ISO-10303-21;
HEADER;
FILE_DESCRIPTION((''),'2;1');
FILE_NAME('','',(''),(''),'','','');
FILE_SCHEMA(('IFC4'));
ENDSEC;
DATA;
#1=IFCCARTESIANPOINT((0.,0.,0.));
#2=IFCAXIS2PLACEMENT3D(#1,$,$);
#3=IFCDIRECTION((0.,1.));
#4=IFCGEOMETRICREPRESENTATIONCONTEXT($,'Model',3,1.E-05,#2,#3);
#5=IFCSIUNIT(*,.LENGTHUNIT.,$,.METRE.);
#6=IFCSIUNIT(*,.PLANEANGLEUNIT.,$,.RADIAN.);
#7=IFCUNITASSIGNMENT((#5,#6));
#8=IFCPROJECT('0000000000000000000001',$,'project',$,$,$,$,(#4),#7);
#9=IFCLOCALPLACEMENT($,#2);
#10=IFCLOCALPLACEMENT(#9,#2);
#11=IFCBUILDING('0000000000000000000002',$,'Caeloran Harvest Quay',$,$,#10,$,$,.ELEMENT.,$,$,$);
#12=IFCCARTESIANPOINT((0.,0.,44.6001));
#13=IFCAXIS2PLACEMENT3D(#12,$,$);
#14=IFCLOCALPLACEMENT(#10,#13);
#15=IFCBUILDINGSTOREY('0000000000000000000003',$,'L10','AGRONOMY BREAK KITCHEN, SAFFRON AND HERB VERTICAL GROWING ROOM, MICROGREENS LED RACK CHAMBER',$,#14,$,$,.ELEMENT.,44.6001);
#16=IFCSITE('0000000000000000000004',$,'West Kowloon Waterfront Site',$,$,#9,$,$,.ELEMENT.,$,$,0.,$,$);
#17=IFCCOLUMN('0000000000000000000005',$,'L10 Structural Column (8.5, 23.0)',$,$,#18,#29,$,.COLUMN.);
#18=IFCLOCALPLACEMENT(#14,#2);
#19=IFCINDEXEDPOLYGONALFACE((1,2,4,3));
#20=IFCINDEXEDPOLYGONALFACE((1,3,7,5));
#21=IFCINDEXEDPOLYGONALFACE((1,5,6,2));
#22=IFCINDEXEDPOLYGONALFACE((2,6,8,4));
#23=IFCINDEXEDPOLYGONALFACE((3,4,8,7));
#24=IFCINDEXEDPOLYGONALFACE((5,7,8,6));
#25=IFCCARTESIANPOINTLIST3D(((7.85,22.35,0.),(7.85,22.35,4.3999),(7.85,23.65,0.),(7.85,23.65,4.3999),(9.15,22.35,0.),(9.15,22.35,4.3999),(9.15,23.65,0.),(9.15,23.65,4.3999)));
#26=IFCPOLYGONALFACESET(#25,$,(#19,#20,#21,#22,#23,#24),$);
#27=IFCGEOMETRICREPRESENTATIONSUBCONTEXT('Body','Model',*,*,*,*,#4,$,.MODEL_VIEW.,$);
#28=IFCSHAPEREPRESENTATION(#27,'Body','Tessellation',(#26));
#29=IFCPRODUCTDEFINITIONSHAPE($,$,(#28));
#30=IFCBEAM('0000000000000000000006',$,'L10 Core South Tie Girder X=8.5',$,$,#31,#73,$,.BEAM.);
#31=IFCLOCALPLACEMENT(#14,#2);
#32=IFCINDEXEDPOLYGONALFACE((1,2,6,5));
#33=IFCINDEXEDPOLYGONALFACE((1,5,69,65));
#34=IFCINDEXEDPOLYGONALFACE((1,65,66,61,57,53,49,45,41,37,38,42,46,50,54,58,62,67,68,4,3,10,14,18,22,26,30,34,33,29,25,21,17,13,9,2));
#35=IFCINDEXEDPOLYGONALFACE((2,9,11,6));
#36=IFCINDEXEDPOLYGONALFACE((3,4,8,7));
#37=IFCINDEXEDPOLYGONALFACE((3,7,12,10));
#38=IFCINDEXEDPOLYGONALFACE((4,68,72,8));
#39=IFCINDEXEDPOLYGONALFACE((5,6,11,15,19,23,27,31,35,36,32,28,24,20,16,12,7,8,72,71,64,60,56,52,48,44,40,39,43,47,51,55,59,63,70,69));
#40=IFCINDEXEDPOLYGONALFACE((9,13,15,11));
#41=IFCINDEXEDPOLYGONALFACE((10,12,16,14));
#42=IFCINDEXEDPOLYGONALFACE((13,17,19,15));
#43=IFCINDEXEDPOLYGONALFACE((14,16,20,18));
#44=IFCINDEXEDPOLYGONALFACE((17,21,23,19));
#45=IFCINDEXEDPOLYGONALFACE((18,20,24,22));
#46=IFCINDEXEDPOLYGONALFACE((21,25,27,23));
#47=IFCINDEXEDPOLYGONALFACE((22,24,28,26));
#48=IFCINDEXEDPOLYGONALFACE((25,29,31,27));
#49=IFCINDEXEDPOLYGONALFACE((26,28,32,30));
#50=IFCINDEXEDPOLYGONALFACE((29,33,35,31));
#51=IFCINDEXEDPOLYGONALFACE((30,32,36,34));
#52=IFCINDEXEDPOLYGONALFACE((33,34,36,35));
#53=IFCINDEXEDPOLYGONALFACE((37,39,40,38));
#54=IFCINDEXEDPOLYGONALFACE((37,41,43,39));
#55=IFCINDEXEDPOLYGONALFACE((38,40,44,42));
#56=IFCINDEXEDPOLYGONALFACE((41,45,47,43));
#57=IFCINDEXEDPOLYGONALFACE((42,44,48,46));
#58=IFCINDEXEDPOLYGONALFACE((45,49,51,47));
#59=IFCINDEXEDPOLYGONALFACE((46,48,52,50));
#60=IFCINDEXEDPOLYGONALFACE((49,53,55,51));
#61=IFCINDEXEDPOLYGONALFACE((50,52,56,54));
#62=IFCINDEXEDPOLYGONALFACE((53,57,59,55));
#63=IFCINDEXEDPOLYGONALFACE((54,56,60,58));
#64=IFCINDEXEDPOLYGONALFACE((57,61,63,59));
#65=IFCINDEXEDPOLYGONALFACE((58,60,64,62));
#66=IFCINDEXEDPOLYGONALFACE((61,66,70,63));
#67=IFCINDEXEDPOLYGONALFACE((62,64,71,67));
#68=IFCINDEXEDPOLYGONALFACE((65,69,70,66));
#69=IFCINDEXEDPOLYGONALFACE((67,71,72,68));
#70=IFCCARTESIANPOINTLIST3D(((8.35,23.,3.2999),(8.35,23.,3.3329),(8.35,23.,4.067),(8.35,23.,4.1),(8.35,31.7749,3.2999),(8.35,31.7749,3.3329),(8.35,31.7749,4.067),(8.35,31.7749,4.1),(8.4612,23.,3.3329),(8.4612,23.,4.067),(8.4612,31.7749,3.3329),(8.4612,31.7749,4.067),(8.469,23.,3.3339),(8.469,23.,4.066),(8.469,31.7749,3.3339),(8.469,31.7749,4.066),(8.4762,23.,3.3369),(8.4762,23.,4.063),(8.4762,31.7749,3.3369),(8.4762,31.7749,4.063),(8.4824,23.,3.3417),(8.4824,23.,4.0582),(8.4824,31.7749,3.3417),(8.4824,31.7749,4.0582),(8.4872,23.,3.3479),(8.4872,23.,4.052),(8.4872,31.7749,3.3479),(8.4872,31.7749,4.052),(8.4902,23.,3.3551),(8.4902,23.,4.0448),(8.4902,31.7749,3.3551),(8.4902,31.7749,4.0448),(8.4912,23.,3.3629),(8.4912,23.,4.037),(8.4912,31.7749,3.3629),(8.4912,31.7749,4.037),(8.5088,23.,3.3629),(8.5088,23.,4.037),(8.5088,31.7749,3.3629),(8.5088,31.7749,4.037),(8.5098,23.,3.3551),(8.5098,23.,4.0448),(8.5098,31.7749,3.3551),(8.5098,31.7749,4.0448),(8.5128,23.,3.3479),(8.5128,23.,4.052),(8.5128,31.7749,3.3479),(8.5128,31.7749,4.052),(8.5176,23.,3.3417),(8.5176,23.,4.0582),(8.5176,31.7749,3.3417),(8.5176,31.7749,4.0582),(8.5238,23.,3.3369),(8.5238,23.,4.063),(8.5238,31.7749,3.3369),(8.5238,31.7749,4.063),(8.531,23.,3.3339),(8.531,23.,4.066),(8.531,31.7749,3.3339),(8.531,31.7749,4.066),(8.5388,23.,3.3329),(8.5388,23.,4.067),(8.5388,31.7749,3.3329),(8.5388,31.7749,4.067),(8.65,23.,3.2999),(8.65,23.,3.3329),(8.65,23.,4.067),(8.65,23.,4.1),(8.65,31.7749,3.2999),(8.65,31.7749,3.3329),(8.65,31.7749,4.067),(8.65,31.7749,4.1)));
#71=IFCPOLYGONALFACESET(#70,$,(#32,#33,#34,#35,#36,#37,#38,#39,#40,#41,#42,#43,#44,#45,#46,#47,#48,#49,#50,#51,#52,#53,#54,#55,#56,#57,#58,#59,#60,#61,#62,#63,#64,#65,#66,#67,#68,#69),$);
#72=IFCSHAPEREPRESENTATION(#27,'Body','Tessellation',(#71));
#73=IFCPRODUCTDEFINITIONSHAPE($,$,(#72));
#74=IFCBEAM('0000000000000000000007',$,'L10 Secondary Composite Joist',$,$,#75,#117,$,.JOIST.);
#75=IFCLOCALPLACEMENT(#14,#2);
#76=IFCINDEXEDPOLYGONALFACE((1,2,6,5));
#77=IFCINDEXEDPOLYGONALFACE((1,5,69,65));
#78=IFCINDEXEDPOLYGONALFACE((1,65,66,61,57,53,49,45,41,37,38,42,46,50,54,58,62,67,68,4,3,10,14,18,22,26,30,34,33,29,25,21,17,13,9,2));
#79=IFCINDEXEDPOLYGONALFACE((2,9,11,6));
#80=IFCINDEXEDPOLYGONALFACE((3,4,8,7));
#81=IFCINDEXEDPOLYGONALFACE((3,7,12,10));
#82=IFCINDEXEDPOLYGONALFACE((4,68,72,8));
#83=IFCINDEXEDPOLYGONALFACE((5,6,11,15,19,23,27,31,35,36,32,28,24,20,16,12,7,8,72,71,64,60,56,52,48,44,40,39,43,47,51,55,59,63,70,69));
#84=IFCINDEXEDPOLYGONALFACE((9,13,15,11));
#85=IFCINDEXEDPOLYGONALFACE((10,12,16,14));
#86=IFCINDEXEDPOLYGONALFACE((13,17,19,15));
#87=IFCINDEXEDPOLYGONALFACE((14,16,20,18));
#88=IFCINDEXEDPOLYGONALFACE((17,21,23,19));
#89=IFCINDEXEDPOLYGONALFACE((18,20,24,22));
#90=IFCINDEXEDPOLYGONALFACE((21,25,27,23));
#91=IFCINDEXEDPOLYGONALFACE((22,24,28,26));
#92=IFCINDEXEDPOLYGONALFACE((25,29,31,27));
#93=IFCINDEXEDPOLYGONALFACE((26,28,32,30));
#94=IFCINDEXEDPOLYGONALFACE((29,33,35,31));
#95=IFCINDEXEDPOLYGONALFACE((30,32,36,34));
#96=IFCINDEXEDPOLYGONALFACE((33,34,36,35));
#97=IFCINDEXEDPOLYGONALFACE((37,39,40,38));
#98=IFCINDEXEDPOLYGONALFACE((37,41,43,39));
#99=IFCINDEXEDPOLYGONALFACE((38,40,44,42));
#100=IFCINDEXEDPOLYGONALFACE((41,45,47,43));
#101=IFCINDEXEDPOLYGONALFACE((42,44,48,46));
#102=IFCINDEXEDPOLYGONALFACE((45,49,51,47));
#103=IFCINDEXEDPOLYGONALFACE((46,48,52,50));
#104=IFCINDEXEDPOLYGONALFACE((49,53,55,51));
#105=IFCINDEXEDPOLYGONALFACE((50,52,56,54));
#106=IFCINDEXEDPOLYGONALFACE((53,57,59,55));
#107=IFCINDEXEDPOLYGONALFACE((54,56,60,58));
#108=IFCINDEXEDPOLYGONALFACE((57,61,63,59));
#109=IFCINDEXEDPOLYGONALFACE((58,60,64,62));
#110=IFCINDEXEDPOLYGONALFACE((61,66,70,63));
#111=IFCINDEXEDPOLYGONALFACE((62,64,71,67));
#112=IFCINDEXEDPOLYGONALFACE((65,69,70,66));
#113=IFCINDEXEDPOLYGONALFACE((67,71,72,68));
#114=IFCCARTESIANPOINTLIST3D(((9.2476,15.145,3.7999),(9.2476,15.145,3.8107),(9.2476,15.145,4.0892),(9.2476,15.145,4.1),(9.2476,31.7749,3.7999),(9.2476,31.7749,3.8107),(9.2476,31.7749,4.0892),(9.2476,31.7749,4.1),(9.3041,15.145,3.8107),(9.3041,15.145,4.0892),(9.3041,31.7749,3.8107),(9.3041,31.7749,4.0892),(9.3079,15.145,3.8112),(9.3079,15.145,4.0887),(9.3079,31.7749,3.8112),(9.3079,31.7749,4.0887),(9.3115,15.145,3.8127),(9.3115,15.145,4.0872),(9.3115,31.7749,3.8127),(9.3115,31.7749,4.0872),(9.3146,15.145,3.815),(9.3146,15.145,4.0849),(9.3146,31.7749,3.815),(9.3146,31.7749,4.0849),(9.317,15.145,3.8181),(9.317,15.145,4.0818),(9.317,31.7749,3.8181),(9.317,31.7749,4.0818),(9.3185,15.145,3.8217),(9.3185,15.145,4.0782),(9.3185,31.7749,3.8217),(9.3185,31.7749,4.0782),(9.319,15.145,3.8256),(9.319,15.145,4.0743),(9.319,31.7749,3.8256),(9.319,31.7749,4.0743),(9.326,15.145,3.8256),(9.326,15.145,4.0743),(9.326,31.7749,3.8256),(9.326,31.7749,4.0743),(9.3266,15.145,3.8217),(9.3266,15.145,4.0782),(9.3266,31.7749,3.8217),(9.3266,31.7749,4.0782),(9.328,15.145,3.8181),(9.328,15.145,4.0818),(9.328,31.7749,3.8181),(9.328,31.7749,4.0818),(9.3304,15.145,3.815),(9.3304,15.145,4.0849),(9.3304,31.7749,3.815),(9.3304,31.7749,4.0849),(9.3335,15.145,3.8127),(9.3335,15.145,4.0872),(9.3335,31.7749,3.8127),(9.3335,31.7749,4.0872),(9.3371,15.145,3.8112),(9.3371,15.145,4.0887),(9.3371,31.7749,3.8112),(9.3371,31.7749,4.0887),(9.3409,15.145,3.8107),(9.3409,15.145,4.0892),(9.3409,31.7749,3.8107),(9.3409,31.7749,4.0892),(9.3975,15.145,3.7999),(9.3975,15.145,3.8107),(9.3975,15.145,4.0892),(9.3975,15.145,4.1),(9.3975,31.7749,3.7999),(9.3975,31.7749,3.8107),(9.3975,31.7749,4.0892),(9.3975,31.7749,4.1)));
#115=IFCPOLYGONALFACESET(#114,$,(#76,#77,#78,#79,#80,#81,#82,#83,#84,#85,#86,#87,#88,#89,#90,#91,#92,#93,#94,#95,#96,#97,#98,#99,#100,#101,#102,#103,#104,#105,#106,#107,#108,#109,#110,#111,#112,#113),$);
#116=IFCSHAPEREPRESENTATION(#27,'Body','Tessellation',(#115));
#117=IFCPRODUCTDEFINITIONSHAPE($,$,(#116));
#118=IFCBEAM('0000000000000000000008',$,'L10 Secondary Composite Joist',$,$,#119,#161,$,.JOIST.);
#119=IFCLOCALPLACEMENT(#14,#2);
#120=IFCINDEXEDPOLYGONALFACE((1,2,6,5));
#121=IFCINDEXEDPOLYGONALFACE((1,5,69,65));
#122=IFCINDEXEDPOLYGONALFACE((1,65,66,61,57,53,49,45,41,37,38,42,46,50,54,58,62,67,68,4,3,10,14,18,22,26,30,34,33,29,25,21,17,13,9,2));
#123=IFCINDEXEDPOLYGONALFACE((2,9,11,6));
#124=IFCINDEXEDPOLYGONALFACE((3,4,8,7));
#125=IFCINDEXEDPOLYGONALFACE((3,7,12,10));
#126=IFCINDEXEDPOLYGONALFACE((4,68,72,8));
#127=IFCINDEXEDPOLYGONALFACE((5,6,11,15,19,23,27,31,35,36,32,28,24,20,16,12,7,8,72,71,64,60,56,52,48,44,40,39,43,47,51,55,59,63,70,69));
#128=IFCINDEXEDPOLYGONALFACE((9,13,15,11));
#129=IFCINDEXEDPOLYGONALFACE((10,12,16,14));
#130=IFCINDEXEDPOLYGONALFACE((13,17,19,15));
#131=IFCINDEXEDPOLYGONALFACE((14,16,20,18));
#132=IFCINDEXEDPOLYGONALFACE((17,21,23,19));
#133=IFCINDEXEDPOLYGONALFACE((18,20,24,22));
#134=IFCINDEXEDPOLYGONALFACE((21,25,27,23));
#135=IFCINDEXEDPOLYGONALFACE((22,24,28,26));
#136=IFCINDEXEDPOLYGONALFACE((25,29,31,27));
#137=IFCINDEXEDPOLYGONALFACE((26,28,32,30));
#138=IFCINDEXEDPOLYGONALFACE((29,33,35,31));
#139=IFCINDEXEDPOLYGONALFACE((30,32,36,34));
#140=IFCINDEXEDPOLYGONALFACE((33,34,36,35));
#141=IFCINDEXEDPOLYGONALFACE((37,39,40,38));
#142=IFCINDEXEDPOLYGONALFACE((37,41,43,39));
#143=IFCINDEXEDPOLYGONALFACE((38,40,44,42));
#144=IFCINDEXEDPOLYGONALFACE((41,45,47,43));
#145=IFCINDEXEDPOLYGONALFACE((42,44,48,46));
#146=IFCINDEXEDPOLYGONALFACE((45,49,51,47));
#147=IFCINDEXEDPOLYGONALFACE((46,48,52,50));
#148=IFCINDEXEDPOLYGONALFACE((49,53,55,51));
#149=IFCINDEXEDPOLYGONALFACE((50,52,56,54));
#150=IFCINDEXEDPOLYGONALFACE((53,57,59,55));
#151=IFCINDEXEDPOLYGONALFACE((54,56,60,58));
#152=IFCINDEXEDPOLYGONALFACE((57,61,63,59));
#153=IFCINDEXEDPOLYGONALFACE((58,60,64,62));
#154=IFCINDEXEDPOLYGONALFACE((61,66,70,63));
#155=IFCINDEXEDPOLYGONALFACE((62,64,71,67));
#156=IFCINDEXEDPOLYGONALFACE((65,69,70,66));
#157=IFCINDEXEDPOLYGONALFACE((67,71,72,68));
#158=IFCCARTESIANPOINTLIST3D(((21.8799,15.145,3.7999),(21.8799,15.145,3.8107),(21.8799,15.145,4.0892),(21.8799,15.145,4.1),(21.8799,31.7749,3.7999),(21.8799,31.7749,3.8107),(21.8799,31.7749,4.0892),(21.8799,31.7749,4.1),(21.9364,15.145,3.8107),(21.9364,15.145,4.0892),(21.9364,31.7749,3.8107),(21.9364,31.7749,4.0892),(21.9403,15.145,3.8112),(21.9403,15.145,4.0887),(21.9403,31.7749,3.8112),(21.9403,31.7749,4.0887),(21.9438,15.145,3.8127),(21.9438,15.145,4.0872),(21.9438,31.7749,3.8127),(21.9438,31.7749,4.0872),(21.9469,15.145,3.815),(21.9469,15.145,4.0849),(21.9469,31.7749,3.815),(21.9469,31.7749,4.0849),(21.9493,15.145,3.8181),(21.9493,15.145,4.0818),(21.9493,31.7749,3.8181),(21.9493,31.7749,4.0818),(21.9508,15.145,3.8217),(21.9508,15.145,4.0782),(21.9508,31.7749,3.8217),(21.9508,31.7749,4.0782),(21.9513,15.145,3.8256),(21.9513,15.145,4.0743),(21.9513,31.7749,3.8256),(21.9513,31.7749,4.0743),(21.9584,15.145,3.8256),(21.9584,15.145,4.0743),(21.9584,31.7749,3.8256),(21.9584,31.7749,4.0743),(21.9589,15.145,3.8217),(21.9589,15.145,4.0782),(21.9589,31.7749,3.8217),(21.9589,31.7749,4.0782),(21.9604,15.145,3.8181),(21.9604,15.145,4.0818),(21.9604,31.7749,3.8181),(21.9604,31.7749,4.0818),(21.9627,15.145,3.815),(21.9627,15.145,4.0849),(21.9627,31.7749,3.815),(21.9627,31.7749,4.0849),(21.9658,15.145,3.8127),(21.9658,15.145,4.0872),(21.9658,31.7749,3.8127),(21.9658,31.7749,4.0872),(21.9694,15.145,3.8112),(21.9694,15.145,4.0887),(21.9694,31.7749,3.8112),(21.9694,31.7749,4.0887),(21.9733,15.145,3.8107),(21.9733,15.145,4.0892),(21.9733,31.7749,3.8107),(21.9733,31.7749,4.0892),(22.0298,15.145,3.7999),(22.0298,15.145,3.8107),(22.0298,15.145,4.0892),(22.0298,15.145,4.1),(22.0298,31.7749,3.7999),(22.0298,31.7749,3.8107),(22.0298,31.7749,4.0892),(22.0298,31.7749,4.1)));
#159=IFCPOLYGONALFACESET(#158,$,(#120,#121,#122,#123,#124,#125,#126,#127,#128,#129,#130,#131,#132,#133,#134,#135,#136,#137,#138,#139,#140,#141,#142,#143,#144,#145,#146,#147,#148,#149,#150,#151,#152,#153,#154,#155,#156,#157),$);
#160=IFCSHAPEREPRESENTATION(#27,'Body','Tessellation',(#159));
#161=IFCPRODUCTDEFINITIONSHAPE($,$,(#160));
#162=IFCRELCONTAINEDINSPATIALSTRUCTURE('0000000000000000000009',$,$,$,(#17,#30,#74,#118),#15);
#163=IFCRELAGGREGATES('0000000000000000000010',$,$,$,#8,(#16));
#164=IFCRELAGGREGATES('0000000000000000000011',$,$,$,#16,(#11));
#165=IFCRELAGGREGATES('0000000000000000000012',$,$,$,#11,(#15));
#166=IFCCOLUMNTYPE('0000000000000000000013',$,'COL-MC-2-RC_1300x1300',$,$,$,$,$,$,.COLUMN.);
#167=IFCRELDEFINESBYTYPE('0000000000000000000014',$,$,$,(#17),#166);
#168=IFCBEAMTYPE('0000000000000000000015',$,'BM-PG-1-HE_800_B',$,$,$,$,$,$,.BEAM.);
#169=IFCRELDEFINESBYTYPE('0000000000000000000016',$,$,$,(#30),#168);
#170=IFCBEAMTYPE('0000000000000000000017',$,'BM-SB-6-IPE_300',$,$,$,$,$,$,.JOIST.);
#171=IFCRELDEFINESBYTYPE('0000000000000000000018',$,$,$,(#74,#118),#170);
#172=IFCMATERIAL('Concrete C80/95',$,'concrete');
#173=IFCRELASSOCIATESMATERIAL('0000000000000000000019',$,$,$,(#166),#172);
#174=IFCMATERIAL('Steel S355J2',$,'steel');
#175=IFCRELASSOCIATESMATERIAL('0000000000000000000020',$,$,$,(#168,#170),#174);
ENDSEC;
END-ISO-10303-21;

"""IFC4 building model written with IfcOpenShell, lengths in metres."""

from ifc_helpers import new_model, si_unit, direction, frame, origin, origin_2d, place, context, subcontext, project, spatial, rectangle, i_section, extrude, material, material_profile, profile_set, type_object, element, save


model = new_model("IFC4")

# Units and contexts
model_context = context("Model", 3, precision=1e-05, world=origin(), true_north=direction((0.0, 1.0)))
body_context = subcontext(model_context, "Body", "Model", "MODEL_VIEW")
ifc_project = project(units=[si_unit("LENGTHUNIT", "METRE"), si_unit("PLANEANGLEUNIT", "RADIAN")], contexts=[model_context])

# Site, building, storey
site_placement = place(None, origin())
site = spatial("IfcSite", under=ifc_project, at=site_placement, Name="West Kowloon Waterfront Site", CompositionType="ELEMENT", RefElevation=0.0)
building_placement = place(site_placement, origin())
building = spatial("IfcBuilding", under=site, at=building_placement, Name="Caeloran Harvest Quay", CompositionType="ELEMENT")
storey_placement = place(building_placement, frame((0.0, 0.0, 44.6001)))
storey = spatial("IfcBuildingStorey", under=building, at=storey_placement, Name="L10", Description="AGRONOMY BREAK KITCHEN, SAFFRON AND HERB VERTICAL GROWING ROOM, MICROGREENS LED RACK CHAMBER", CompositionType="ELEMENT", Elevation=44.6001)

# Column
ifc_material_1 = material(Name="Concrete C80/95", Category="concrete")
ifc_material_profile_1 = material_profile(ifc_material_1, rectangle(XDim=1.3, YDim=1.3, at=origin_2d()), Name="RC 1300x1300")
ifc_profile_set_1 = profile_set([ifc_material_profile_1], Name="Concrete C80/95")
column_type = type_object("IfcColumnType", Name="COL-MC-2-RC_1300x1300", PredefinedType="COLUMN", material=ifc_profile_set_1)
column_placement = place(storey_placement, frame((8.5, 23.0, 0.0), z_axis=(0.0, 0.0, 1.0), x_axis=(1.0, 0.0, 0.0)))
element("IfcColumn", 1, at=column_placement, inside=storey, type_object=column_type, Name="L10 Structural Column (8.5, 23.0)", PredefinedType="COLUMN", context=body_context, shape_type="SweptSolid", body=[
    extrude(rectangle(XDim=1.3, YDim=1.3, at=origin_2d()), origin(), (0.0, 0.0, 1.0), 4.3999),
])

# Beams
ifc_material_2 = material(Name="Steel S355J2", Category="steel")
ifc_material_profile_2 = material_profile(ifc_material_2, i_section(OverallWidth=0.3, OverallDepth=0.8, WebThickness=0.0176, FlangeThickness=0.033, FilletRadius=0.03, at=origin_2d()), Name="HE 800 B")
ifc_profile_set_2 = profile_set([ifc_material_profile_2], Name="Steel S355J2")
beam_type_1 = type_object("IfcBeamType", Name="BM-PG-1-HE_800_B", PredefinedType="BEAM", material=ifc_profile_set_2)
beam_placement = place(storey_placement, frame((8.5, 23.0, 3.7), z_axis=(0.0, 1.0, 0.0), x_axis=(-1.0, 0.0, 0.0)))
element("IfcBeam", 2, at=beam_placement, inside=storey, type_object=beam_type_1, Name="L10 Core South Tie Girder X=8.5", PredefinedType="BEAM", context=body_context, shape_type="SweptSolid", body=[
    extrude(i_section(OverallWidth=0.3, OverallDepth=0.8, WebThickness=0.0176, FlangeThickness=0.033, FilletRadius=0.03, at=origin_2d()), origin(), (0.0, 0.0, 1.0), 8.7749),
])
ifc_material_profile_3 = material_profile(ifc_material_2, i_section(OverallWidth=0.1499, OverallDepth=0.3, WebThickness=0.0071, FlangeThickness=0.0107, FilletRadius=0.0149, at=origin_2d()), Name="IPE 300")
ifc_profile_set_3 = profile_set([ifc_material_profile_3], Name="Steel S355J2")
beam_type_2 = type_object("IfcBeamType", Name="BM-SB-6-IPE_300", PredefinedType="JOIST", material=ifc_profile_set_3)
for number, where, z_axis, x_axis, name in (
    (3, (9.3225, 15.145, 3.95), (0.0, 1.0, 0.0), (-1.0, 0.0, 0.0), "L10 Secondary Composite Joist"),
    (4, (21.9548, 15.145, 3.95), (0.0, 1.0, 0.0), (-1.0, 0.0, 0.0), "L10 Secondary Composite Joist"),
):
    element("IfcBeam", number, at=place(storey_placement, frame(where, z_axis=z_axis, x_axis=x_axis)), inside=storey, type_object=beam_type_2, Name=name, PredefinedType="JOIST", context=body_context, shape_type="SweptSolid", body=[
        extrude(i_section(OverallWidth=0.1499, OverallDepth=0.3, WebThickness=0.0071, FlangeThickness=0.0107, FilletRadius=0.0149, at=origin_2d()), origin(), (0.0, 0.0, 1.0), 16.6299),
    ])

save(model, "model.ifc")
